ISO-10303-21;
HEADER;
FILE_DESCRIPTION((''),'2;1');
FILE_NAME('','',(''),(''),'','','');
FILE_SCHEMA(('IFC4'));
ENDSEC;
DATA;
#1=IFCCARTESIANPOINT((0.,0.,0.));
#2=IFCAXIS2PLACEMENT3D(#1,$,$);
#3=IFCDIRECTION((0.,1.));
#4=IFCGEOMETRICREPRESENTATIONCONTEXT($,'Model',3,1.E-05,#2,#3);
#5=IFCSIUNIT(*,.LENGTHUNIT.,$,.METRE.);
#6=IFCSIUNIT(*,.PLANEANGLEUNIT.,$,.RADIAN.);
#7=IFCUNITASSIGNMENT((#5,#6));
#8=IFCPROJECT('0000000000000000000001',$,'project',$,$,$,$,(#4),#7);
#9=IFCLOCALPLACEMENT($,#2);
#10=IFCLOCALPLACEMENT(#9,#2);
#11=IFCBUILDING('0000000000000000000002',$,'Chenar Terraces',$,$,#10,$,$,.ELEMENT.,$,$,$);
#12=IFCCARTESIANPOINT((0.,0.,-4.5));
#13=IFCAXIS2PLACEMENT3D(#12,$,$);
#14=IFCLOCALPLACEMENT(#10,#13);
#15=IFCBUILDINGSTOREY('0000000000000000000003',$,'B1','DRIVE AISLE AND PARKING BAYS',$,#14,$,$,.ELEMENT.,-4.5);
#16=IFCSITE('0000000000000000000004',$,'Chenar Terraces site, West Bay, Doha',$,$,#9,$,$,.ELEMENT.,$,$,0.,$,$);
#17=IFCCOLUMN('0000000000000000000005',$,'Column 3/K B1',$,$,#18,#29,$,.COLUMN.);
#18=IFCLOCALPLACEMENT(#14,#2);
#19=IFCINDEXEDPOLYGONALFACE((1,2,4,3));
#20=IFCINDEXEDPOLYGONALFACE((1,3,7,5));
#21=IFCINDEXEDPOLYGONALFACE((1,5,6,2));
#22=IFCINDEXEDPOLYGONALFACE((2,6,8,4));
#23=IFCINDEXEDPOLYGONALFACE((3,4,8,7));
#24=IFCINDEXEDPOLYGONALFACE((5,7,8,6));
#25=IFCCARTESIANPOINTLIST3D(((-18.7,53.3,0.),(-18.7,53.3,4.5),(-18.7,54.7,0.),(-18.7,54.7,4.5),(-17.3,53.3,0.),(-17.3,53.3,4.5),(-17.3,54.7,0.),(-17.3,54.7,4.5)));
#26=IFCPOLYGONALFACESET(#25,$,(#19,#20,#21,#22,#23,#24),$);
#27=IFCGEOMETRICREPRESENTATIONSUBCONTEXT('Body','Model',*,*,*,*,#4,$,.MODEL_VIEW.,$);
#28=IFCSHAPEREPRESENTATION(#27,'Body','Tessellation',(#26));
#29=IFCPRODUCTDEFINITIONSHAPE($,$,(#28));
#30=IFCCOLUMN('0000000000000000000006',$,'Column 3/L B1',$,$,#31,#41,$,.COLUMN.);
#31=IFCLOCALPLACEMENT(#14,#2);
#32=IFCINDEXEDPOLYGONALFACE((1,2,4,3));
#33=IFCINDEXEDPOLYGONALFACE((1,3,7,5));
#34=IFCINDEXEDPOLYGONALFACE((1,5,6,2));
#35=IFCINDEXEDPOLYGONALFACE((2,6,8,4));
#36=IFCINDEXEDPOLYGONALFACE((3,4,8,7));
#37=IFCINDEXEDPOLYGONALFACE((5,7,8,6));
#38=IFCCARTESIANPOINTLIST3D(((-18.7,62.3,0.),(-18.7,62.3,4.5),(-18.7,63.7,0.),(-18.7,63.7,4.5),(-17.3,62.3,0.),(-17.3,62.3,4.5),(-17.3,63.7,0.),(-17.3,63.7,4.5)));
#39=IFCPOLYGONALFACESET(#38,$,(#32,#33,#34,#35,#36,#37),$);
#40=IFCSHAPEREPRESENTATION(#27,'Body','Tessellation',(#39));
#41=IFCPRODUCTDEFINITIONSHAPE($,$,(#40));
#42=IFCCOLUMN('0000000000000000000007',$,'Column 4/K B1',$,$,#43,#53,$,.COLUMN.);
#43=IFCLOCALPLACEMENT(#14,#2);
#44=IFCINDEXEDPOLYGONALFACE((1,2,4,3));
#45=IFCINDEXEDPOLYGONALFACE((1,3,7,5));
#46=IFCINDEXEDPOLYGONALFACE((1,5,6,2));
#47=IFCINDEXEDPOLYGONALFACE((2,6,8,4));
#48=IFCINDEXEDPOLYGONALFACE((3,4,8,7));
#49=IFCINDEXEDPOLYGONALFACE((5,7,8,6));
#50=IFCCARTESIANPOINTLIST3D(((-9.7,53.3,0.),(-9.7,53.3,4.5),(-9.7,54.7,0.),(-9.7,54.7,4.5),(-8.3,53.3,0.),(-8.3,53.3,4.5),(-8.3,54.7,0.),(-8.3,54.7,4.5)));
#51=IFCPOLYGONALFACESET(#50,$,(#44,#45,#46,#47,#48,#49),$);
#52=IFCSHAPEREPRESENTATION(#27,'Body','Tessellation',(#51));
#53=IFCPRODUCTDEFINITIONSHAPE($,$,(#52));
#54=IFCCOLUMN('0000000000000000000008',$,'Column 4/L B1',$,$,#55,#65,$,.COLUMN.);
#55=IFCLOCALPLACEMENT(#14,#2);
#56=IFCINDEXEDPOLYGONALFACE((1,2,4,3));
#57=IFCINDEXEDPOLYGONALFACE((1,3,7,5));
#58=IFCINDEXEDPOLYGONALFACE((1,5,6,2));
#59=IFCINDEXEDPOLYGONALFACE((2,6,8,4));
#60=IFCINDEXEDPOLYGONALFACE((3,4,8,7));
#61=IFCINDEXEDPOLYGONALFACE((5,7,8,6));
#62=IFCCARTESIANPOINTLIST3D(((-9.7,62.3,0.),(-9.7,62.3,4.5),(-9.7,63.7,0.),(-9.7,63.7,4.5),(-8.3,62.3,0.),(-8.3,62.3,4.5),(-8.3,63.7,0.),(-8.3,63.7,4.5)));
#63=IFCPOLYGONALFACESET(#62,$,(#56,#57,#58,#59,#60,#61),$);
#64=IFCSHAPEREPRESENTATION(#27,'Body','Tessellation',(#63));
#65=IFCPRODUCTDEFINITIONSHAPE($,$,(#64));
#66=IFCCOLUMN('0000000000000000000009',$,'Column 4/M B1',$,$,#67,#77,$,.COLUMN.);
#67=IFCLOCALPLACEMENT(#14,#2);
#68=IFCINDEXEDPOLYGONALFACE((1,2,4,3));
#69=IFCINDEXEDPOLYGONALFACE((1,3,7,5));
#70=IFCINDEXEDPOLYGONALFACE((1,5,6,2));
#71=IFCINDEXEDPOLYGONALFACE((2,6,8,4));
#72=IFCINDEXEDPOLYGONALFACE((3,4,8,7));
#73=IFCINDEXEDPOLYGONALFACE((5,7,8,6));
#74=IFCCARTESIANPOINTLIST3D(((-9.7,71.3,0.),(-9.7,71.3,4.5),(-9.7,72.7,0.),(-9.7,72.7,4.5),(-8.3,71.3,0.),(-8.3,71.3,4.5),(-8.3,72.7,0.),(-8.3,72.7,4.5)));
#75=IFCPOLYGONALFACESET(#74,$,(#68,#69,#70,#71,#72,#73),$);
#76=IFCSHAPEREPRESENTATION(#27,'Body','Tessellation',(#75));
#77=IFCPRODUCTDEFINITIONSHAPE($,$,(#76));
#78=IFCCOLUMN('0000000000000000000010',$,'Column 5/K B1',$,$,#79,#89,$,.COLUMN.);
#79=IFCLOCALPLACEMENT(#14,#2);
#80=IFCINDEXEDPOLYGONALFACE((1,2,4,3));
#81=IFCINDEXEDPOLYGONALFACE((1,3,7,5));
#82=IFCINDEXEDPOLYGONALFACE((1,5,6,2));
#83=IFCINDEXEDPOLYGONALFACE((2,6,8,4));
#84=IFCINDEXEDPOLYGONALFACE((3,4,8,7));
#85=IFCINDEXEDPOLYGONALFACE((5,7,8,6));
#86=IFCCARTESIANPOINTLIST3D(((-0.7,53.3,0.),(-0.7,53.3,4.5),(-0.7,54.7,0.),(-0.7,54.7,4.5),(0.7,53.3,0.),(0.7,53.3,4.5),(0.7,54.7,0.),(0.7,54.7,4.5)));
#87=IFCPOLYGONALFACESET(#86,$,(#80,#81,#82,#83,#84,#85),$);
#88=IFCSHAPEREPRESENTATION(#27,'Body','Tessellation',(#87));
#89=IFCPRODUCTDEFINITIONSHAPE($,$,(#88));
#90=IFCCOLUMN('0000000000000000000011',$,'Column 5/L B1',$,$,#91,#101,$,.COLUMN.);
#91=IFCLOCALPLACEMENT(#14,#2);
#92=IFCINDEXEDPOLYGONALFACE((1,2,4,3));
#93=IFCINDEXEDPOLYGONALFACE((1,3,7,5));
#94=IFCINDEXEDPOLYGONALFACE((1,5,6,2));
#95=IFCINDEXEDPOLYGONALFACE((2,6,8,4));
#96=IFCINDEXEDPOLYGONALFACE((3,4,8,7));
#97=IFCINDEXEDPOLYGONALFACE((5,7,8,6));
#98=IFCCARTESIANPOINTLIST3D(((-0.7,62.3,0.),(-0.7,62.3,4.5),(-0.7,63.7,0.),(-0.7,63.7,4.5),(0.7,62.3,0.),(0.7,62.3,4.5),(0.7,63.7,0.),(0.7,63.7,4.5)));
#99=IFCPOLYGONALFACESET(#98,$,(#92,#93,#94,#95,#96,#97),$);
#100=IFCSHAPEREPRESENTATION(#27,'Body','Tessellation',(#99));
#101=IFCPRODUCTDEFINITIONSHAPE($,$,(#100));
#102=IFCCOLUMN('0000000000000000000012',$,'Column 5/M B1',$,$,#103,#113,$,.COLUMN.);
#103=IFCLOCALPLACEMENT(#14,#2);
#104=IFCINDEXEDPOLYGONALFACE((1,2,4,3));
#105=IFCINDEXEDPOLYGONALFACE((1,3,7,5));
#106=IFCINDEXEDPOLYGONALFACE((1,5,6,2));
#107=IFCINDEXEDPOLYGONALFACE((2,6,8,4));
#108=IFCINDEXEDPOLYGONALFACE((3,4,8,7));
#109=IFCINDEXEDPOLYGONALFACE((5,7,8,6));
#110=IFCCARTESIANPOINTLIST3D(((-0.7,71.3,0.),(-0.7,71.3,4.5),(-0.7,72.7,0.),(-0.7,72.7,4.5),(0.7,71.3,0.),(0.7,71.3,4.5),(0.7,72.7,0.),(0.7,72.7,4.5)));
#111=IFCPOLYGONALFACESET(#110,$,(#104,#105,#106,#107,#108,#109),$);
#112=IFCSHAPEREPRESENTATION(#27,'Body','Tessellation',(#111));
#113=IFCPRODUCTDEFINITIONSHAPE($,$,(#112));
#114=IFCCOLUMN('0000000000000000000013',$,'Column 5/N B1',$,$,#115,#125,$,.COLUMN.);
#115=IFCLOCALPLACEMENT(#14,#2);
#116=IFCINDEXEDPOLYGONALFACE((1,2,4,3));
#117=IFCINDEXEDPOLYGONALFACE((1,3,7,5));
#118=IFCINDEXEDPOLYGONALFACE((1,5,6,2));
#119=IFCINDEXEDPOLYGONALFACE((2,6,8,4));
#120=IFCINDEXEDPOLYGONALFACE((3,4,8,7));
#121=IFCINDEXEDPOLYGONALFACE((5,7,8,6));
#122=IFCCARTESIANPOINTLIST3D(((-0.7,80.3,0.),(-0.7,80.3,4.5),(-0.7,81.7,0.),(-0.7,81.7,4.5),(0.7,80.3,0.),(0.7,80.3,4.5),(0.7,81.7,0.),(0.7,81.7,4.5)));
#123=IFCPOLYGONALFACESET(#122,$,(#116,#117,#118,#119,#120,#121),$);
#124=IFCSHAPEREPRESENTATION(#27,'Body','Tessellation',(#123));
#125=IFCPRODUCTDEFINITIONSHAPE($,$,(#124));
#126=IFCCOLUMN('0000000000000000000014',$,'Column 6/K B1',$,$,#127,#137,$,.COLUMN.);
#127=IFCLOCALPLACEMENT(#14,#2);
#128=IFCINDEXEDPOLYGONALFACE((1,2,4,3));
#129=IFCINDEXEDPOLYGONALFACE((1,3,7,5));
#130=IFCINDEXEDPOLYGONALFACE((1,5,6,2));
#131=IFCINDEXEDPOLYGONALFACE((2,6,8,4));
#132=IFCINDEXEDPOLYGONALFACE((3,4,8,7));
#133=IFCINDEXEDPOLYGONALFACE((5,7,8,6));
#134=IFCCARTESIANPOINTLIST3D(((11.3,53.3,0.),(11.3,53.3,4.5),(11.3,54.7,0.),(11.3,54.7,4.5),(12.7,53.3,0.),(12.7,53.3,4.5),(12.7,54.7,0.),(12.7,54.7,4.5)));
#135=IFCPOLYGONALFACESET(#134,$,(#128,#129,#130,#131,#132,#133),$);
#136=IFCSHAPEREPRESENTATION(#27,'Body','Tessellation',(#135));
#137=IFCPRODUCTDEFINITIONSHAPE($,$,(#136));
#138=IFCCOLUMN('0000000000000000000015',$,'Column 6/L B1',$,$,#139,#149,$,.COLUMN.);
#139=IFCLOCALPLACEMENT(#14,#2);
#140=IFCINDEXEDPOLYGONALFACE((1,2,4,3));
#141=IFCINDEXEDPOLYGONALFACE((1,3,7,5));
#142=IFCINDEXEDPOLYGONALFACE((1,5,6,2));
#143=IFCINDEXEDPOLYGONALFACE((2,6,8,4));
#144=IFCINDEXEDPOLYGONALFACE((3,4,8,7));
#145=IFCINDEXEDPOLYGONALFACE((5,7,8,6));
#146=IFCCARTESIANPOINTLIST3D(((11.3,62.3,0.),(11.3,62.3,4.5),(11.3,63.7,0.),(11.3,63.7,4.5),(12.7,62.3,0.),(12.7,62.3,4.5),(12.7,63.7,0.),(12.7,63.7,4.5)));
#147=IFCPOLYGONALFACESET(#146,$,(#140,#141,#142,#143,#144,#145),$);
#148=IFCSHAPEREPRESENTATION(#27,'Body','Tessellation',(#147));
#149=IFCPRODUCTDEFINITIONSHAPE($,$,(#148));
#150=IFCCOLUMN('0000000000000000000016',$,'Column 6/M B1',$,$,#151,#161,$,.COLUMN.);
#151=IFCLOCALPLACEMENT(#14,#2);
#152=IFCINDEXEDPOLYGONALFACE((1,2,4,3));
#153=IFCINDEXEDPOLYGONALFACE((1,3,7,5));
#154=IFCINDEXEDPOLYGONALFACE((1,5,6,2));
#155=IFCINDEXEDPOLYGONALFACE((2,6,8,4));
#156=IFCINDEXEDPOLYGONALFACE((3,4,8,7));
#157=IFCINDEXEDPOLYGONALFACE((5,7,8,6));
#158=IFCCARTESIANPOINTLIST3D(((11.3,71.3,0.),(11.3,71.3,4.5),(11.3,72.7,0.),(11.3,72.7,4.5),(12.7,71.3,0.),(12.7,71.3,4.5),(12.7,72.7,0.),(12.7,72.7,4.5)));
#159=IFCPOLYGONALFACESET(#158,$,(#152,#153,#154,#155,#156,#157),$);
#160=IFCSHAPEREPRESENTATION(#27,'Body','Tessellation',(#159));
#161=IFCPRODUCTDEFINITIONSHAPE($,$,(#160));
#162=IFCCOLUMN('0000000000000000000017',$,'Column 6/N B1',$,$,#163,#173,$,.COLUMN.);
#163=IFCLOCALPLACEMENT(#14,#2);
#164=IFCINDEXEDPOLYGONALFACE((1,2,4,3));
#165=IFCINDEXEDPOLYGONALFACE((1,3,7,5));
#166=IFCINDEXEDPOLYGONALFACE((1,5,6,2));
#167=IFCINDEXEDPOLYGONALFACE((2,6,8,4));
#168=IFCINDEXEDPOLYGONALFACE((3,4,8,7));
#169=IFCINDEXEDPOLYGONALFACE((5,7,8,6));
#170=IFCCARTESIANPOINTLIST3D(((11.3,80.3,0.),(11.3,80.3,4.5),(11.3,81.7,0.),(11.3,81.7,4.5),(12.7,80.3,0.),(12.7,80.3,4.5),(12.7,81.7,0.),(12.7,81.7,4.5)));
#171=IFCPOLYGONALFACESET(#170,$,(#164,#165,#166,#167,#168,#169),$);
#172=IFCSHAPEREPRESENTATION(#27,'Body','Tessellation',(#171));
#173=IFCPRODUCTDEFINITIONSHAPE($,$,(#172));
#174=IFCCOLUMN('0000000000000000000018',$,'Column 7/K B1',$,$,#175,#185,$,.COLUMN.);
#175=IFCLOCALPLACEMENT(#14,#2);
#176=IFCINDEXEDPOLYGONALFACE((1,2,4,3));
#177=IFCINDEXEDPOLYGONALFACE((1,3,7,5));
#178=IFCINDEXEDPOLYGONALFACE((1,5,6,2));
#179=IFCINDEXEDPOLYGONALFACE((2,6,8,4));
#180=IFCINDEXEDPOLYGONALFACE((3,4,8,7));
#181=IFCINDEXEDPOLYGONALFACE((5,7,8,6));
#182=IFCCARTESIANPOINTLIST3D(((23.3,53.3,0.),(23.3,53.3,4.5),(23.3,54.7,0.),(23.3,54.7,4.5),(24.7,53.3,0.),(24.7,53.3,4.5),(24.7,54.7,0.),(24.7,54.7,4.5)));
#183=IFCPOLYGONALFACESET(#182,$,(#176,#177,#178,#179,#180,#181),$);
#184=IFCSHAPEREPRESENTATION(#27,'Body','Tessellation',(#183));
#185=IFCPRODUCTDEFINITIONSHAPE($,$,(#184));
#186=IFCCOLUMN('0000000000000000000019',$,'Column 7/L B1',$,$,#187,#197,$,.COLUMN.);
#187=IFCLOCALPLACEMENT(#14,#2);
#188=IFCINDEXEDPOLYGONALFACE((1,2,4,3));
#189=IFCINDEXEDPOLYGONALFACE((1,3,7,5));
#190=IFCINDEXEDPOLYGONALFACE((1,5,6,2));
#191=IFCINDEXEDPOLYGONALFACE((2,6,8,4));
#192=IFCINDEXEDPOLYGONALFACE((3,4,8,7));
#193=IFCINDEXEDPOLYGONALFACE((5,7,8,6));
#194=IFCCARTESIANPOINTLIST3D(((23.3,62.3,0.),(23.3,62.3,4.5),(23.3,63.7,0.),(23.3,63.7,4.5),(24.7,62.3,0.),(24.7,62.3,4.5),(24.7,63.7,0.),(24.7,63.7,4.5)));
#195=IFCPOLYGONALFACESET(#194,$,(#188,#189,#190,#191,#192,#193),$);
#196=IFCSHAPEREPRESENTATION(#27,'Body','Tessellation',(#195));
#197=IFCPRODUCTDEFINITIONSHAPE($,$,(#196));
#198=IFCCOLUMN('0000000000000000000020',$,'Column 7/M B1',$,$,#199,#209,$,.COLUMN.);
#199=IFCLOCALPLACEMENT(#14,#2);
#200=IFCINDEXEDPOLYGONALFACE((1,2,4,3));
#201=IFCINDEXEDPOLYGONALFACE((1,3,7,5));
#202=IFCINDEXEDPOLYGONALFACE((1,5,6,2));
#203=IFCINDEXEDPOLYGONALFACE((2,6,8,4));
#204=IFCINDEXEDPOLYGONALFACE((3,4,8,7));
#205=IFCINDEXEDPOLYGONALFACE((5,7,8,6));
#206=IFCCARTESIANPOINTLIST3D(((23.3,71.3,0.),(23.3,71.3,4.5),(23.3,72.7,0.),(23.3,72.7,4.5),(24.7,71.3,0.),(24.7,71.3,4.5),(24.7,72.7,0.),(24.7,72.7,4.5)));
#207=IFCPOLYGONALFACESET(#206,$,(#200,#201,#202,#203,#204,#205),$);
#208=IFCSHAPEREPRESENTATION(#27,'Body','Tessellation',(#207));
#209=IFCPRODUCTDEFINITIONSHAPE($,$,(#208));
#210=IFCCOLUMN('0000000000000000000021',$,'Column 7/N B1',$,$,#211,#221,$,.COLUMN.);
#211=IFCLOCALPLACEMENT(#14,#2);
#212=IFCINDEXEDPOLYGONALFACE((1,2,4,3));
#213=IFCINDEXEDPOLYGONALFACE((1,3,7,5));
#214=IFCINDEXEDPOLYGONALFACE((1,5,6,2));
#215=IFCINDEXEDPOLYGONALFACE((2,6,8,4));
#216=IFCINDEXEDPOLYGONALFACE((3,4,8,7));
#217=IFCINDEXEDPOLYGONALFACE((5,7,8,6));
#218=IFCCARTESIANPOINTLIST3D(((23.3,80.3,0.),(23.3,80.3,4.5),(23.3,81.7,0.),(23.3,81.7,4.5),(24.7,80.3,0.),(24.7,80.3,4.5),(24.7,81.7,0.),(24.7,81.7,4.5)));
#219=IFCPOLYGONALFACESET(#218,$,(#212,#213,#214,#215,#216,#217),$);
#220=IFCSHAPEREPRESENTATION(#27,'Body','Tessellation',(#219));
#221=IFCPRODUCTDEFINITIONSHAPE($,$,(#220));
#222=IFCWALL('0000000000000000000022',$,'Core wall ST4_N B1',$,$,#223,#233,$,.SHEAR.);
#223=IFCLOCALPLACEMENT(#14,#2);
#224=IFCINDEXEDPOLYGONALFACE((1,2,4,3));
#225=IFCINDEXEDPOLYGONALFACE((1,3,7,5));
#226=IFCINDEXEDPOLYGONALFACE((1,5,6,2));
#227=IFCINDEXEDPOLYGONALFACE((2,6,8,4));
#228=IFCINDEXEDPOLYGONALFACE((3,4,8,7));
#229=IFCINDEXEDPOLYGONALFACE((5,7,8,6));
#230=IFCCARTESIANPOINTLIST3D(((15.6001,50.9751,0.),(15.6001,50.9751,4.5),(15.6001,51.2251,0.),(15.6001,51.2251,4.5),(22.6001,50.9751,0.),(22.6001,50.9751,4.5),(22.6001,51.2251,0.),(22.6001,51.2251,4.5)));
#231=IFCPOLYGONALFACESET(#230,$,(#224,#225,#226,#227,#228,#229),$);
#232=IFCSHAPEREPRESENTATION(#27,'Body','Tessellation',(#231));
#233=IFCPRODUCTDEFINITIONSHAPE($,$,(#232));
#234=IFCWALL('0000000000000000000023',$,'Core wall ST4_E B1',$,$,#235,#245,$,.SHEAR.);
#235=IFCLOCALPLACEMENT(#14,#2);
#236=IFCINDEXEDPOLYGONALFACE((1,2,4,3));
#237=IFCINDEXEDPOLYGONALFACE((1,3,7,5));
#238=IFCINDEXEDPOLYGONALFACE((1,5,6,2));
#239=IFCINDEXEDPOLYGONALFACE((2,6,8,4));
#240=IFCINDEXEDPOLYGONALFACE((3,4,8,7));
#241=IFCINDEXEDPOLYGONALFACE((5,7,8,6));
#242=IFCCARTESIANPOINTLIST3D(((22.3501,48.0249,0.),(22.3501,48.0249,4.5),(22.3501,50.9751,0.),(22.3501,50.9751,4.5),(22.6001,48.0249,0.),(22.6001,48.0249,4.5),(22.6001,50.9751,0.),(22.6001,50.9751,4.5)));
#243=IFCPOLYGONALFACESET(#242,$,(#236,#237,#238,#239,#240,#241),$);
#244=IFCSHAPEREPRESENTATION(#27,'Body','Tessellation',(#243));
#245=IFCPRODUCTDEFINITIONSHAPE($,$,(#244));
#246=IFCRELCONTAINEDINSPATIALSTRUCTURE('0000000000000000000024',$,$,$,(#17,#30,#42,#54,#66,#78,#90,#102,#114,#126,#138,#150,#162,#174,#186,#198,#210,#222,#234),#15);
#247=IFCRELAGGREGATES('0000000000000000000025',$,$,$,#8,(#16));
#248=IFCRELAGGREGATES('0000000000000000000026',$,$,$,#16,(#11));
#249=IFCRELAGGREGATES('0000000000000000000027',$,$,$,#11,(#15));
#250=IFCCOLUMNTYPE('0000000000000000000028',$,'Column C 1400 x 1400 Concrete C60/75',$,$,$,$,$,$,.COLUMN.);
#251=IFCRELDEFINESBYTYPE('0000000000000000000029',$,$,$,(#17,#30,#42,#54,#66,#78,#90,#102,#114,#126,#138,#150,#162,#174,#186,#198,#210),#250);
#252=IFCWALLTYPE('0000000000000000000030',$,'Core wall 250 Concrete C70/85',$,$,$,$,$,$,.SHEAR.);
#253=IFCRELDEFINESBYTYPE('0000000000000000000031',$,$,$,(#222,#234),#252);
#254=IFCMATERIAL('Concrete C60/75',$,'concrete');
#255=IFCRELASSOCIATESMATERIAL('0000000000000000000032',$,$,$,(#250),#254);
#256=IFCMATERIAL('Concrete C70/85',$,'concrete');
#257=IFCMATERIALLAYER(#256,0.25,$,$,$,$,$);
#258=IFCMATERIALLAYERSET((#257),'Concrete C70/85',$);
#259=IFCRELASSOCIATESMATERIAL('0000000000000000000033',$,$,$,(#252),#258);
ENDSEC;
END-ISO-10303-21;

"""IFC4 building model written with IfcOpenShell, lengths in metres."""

from ifc_helpers import new_model, si_unit, direction, frame, frame_2d, origin, origin_2d, place, context, subcontext, project, spatial, rectangle, extrude, material, layer, layer_set, material_profile, profile_set, type_object, element, save


model = new_model("IFC4")

# Units and contexts
model_context = context("Model", 3, precision=1e-05, world=origin(), true_north=direction((0.0, 1.0)))
body_context = subcontext(model_context, "Body", "Model", "MODEL_VIEW")
ifc_project = project(units=[si_unit("LENGTHUNIT", "METRE"), si_unit("PLANEANGLEUNIT", "RADIAN")], contexts=[model_context])

# Site, building, storey
site_placement = place(None, origin())
site = spatial("IfcSite", under=ifc_project, at=site_placement, Name="Chenar Terraces site, West Bay, Doha", CompositionType="ELEMENT", RefElevation=0.0)
building_placement = place(site_placement, origin())
building = spatial("IfcBuilding", under=site, at=building_placement, Name="Chenar Terraces", CompositionType="ELEMENT")
storey_placement = place(building_placement, frame((0.0, 0.0, -4.5)))
storey = spatial("IfcBuildingStorey", under=building, at=storey_placement, Name="B1", Description="DRIVE AISLE AND PARKING BAYS", CompositionType="ELEMENT", Elevation=-4.5)

# Columns
ifc_material_1 = material(Name="Concrete C60/75", Category="concrete")
ifc_material_profile = material_profile(ifc_material_1, rectangle(XDim=1.3999, YDim=1.3999, at=origin_2d()), Name="C 1400 x 1400")
ifc_profile_set = profile_set([ifc_material_profile], Name="Concrete C60/75")
column_type = type_object("IfcColumnType", Name="Column C 1400 x 1400 Concrete C60/75", PredefinedType="COLUMN", material=ifc_profile_set)
for number, where, z_axis, x_axis, name in (
    (1, (-18.0, 54.0, 0.0), (0.0, 0.0, 1.0), (1.0, 0.0, 0.0), "Column 3/K B1"),
    (2, (-18.0, 63.0, 0.0), (0.0, 0.0, 1.0), (1.0, 0.0, 0.0), "Column 3/L B1"),
    (3, (-9.0, 54.0, 0.0), (0.0, 0.0, 1.0), (1.0, 0.0, 0.0), "Column 4/K B1"),
    (4, (-9.0, 63.0, 0.0), (0.0, 0.0, 1.0), (1.0, 0.0, 0.0), "Column 4/L B1"),
    (5, (-9.0, 72.0, 0.0), (0.0, 0.0, 1.0), (1.0, 0.0, 0.0), "Column 4/M B1"),
    (6, (0.0, 54.0, 0.0), (0.0, 0.0, 1.0), (1.0, 0.0, 0.0), "Column 5/K B1"),
    (7, (0.0, 63.0, 0.0), (0.0, 0.0, 1.0), (1.0, 0.0, 0.0), "Column 5/L B1"),
    (8, (0.0, 72.0, 0.0), (0.0, 0.0, 1.0), (1.0, 0.0, 0.0), "Column 5/M B1"),
    (9, (0.0, 81.0, 0.0), (0.0, 0.0, 1.0), (1.0, 0.0, 0.0), "Column 5/N B1"),
    (10, (12.0, 54.0, 0.0), (0.0, 0.0, 1.0), (1.0, 0.0, 0.0), "Column 6/K B1"),
    (11, (12.0, 63.0, 0.0), (0.0, 0.0, 1.0), (1.0, 0.0, 0.0), "Column 6/L B1"),
    (12, (12.0, 72.0, 0.0), (0.0, 0.0, 1.0), (1.0, 0.0, 0.0), "Column 6/M B1"),
    (13, (12.0, 81.0, 0.0), (0.0, 0.0, 1.0), (1.0, 0.0, 0.0), "Column 6/N B1"),
    (14, (24.0, 54.0, 0.0), (0.0, 0.0, 1.0), (1.0, 0.0, 0.0), "Column 7/K B1"),
    (15, (24.0, 63.0, 0.0), (0.0, 0.0, 1.0), (1.0, 0.0, 0.0), "Column 7/L B1"),
    (16, (24.0, 72.0, 0.0), (0.0, 0.0, 1.0), (1.0, 0.0, 0.0), "Column 7/M B1"),
    (17, (24.0, 81.0, 0.0), (0.0, 0.0, 1.0), (1.0, 0.0, 0.0), "Column 7/N B1"),
):
    element("IfcColumn", number, at=place(storey_placement, frame(where, z_axis=z_axis, x_axis=x_axis)), inside=storey, type_object=column_type, Name=name, PredefinedType="COLUMN", context=body_context, shape_type="SweptSolid", body=[
        extrude(rectangle(XDim=1.3999, YDim=1.3999, at=origin_2d()), origin(), (0.0, 0.0, 1.0), 4.5),
    ])

# Walls
ifc_material_2 = material(Name="Concrete C70/85", Category="concrete")
ifc_layer_1 = layer(ifc_material_2, 0.25)
ifc_layer_set_1 = layer_set([ifc_layer_1], Name="Concrete C70/85")
wall_type_1 = type_object("IfcWallType", Name="Core wall 250 Concrete C70/85", PredefinedType="SHEAR", material=ifc_layer_set_1)
wall_1_placement = place(storey_placement, frame((15.6001, 51.1001, 0.0), z_axis=(0.0, 0.0, 1.0), x_axis=(1.0, 0.0, 0.0)))
element("IfcWall", 18, at=wall_1_placement, inside=storey, type_object=wall_type_1, Name="Core wall ST4_N B1", PredefinedType="SHEAR", context=body_context, shape_type="SweptSolid", body=[
    extrude(rectangle(XDim=7.0, YDim=0.25, at=frame_2d((3.5, 0.0))), origin(), (0.0, 0.0, 1.0), 4.5),
])
wall_2_placement = place(storey_placement, frame((22.4751, 48.0249, 0.0), z_axis=(0.0, 0.0, 1.0), x_axis=(0.0, 1.0, 0.0)))
element("IfcWall", 19, at=wall_2_placement, inside=storey, type_object=wall_type_1, Name="Core wall ST4_E B1", PredefinedType="SHEAR", context=body_context, shape_type="SweptSolid", body=[
    extrude(rectangle(XDim=2.9502, YDim=0.25, at=frame_2d((1.4751, 0.0))), origin(), (0.0, 0.0, 1.0), 4.5),
])

save(model, "model.ifc")
